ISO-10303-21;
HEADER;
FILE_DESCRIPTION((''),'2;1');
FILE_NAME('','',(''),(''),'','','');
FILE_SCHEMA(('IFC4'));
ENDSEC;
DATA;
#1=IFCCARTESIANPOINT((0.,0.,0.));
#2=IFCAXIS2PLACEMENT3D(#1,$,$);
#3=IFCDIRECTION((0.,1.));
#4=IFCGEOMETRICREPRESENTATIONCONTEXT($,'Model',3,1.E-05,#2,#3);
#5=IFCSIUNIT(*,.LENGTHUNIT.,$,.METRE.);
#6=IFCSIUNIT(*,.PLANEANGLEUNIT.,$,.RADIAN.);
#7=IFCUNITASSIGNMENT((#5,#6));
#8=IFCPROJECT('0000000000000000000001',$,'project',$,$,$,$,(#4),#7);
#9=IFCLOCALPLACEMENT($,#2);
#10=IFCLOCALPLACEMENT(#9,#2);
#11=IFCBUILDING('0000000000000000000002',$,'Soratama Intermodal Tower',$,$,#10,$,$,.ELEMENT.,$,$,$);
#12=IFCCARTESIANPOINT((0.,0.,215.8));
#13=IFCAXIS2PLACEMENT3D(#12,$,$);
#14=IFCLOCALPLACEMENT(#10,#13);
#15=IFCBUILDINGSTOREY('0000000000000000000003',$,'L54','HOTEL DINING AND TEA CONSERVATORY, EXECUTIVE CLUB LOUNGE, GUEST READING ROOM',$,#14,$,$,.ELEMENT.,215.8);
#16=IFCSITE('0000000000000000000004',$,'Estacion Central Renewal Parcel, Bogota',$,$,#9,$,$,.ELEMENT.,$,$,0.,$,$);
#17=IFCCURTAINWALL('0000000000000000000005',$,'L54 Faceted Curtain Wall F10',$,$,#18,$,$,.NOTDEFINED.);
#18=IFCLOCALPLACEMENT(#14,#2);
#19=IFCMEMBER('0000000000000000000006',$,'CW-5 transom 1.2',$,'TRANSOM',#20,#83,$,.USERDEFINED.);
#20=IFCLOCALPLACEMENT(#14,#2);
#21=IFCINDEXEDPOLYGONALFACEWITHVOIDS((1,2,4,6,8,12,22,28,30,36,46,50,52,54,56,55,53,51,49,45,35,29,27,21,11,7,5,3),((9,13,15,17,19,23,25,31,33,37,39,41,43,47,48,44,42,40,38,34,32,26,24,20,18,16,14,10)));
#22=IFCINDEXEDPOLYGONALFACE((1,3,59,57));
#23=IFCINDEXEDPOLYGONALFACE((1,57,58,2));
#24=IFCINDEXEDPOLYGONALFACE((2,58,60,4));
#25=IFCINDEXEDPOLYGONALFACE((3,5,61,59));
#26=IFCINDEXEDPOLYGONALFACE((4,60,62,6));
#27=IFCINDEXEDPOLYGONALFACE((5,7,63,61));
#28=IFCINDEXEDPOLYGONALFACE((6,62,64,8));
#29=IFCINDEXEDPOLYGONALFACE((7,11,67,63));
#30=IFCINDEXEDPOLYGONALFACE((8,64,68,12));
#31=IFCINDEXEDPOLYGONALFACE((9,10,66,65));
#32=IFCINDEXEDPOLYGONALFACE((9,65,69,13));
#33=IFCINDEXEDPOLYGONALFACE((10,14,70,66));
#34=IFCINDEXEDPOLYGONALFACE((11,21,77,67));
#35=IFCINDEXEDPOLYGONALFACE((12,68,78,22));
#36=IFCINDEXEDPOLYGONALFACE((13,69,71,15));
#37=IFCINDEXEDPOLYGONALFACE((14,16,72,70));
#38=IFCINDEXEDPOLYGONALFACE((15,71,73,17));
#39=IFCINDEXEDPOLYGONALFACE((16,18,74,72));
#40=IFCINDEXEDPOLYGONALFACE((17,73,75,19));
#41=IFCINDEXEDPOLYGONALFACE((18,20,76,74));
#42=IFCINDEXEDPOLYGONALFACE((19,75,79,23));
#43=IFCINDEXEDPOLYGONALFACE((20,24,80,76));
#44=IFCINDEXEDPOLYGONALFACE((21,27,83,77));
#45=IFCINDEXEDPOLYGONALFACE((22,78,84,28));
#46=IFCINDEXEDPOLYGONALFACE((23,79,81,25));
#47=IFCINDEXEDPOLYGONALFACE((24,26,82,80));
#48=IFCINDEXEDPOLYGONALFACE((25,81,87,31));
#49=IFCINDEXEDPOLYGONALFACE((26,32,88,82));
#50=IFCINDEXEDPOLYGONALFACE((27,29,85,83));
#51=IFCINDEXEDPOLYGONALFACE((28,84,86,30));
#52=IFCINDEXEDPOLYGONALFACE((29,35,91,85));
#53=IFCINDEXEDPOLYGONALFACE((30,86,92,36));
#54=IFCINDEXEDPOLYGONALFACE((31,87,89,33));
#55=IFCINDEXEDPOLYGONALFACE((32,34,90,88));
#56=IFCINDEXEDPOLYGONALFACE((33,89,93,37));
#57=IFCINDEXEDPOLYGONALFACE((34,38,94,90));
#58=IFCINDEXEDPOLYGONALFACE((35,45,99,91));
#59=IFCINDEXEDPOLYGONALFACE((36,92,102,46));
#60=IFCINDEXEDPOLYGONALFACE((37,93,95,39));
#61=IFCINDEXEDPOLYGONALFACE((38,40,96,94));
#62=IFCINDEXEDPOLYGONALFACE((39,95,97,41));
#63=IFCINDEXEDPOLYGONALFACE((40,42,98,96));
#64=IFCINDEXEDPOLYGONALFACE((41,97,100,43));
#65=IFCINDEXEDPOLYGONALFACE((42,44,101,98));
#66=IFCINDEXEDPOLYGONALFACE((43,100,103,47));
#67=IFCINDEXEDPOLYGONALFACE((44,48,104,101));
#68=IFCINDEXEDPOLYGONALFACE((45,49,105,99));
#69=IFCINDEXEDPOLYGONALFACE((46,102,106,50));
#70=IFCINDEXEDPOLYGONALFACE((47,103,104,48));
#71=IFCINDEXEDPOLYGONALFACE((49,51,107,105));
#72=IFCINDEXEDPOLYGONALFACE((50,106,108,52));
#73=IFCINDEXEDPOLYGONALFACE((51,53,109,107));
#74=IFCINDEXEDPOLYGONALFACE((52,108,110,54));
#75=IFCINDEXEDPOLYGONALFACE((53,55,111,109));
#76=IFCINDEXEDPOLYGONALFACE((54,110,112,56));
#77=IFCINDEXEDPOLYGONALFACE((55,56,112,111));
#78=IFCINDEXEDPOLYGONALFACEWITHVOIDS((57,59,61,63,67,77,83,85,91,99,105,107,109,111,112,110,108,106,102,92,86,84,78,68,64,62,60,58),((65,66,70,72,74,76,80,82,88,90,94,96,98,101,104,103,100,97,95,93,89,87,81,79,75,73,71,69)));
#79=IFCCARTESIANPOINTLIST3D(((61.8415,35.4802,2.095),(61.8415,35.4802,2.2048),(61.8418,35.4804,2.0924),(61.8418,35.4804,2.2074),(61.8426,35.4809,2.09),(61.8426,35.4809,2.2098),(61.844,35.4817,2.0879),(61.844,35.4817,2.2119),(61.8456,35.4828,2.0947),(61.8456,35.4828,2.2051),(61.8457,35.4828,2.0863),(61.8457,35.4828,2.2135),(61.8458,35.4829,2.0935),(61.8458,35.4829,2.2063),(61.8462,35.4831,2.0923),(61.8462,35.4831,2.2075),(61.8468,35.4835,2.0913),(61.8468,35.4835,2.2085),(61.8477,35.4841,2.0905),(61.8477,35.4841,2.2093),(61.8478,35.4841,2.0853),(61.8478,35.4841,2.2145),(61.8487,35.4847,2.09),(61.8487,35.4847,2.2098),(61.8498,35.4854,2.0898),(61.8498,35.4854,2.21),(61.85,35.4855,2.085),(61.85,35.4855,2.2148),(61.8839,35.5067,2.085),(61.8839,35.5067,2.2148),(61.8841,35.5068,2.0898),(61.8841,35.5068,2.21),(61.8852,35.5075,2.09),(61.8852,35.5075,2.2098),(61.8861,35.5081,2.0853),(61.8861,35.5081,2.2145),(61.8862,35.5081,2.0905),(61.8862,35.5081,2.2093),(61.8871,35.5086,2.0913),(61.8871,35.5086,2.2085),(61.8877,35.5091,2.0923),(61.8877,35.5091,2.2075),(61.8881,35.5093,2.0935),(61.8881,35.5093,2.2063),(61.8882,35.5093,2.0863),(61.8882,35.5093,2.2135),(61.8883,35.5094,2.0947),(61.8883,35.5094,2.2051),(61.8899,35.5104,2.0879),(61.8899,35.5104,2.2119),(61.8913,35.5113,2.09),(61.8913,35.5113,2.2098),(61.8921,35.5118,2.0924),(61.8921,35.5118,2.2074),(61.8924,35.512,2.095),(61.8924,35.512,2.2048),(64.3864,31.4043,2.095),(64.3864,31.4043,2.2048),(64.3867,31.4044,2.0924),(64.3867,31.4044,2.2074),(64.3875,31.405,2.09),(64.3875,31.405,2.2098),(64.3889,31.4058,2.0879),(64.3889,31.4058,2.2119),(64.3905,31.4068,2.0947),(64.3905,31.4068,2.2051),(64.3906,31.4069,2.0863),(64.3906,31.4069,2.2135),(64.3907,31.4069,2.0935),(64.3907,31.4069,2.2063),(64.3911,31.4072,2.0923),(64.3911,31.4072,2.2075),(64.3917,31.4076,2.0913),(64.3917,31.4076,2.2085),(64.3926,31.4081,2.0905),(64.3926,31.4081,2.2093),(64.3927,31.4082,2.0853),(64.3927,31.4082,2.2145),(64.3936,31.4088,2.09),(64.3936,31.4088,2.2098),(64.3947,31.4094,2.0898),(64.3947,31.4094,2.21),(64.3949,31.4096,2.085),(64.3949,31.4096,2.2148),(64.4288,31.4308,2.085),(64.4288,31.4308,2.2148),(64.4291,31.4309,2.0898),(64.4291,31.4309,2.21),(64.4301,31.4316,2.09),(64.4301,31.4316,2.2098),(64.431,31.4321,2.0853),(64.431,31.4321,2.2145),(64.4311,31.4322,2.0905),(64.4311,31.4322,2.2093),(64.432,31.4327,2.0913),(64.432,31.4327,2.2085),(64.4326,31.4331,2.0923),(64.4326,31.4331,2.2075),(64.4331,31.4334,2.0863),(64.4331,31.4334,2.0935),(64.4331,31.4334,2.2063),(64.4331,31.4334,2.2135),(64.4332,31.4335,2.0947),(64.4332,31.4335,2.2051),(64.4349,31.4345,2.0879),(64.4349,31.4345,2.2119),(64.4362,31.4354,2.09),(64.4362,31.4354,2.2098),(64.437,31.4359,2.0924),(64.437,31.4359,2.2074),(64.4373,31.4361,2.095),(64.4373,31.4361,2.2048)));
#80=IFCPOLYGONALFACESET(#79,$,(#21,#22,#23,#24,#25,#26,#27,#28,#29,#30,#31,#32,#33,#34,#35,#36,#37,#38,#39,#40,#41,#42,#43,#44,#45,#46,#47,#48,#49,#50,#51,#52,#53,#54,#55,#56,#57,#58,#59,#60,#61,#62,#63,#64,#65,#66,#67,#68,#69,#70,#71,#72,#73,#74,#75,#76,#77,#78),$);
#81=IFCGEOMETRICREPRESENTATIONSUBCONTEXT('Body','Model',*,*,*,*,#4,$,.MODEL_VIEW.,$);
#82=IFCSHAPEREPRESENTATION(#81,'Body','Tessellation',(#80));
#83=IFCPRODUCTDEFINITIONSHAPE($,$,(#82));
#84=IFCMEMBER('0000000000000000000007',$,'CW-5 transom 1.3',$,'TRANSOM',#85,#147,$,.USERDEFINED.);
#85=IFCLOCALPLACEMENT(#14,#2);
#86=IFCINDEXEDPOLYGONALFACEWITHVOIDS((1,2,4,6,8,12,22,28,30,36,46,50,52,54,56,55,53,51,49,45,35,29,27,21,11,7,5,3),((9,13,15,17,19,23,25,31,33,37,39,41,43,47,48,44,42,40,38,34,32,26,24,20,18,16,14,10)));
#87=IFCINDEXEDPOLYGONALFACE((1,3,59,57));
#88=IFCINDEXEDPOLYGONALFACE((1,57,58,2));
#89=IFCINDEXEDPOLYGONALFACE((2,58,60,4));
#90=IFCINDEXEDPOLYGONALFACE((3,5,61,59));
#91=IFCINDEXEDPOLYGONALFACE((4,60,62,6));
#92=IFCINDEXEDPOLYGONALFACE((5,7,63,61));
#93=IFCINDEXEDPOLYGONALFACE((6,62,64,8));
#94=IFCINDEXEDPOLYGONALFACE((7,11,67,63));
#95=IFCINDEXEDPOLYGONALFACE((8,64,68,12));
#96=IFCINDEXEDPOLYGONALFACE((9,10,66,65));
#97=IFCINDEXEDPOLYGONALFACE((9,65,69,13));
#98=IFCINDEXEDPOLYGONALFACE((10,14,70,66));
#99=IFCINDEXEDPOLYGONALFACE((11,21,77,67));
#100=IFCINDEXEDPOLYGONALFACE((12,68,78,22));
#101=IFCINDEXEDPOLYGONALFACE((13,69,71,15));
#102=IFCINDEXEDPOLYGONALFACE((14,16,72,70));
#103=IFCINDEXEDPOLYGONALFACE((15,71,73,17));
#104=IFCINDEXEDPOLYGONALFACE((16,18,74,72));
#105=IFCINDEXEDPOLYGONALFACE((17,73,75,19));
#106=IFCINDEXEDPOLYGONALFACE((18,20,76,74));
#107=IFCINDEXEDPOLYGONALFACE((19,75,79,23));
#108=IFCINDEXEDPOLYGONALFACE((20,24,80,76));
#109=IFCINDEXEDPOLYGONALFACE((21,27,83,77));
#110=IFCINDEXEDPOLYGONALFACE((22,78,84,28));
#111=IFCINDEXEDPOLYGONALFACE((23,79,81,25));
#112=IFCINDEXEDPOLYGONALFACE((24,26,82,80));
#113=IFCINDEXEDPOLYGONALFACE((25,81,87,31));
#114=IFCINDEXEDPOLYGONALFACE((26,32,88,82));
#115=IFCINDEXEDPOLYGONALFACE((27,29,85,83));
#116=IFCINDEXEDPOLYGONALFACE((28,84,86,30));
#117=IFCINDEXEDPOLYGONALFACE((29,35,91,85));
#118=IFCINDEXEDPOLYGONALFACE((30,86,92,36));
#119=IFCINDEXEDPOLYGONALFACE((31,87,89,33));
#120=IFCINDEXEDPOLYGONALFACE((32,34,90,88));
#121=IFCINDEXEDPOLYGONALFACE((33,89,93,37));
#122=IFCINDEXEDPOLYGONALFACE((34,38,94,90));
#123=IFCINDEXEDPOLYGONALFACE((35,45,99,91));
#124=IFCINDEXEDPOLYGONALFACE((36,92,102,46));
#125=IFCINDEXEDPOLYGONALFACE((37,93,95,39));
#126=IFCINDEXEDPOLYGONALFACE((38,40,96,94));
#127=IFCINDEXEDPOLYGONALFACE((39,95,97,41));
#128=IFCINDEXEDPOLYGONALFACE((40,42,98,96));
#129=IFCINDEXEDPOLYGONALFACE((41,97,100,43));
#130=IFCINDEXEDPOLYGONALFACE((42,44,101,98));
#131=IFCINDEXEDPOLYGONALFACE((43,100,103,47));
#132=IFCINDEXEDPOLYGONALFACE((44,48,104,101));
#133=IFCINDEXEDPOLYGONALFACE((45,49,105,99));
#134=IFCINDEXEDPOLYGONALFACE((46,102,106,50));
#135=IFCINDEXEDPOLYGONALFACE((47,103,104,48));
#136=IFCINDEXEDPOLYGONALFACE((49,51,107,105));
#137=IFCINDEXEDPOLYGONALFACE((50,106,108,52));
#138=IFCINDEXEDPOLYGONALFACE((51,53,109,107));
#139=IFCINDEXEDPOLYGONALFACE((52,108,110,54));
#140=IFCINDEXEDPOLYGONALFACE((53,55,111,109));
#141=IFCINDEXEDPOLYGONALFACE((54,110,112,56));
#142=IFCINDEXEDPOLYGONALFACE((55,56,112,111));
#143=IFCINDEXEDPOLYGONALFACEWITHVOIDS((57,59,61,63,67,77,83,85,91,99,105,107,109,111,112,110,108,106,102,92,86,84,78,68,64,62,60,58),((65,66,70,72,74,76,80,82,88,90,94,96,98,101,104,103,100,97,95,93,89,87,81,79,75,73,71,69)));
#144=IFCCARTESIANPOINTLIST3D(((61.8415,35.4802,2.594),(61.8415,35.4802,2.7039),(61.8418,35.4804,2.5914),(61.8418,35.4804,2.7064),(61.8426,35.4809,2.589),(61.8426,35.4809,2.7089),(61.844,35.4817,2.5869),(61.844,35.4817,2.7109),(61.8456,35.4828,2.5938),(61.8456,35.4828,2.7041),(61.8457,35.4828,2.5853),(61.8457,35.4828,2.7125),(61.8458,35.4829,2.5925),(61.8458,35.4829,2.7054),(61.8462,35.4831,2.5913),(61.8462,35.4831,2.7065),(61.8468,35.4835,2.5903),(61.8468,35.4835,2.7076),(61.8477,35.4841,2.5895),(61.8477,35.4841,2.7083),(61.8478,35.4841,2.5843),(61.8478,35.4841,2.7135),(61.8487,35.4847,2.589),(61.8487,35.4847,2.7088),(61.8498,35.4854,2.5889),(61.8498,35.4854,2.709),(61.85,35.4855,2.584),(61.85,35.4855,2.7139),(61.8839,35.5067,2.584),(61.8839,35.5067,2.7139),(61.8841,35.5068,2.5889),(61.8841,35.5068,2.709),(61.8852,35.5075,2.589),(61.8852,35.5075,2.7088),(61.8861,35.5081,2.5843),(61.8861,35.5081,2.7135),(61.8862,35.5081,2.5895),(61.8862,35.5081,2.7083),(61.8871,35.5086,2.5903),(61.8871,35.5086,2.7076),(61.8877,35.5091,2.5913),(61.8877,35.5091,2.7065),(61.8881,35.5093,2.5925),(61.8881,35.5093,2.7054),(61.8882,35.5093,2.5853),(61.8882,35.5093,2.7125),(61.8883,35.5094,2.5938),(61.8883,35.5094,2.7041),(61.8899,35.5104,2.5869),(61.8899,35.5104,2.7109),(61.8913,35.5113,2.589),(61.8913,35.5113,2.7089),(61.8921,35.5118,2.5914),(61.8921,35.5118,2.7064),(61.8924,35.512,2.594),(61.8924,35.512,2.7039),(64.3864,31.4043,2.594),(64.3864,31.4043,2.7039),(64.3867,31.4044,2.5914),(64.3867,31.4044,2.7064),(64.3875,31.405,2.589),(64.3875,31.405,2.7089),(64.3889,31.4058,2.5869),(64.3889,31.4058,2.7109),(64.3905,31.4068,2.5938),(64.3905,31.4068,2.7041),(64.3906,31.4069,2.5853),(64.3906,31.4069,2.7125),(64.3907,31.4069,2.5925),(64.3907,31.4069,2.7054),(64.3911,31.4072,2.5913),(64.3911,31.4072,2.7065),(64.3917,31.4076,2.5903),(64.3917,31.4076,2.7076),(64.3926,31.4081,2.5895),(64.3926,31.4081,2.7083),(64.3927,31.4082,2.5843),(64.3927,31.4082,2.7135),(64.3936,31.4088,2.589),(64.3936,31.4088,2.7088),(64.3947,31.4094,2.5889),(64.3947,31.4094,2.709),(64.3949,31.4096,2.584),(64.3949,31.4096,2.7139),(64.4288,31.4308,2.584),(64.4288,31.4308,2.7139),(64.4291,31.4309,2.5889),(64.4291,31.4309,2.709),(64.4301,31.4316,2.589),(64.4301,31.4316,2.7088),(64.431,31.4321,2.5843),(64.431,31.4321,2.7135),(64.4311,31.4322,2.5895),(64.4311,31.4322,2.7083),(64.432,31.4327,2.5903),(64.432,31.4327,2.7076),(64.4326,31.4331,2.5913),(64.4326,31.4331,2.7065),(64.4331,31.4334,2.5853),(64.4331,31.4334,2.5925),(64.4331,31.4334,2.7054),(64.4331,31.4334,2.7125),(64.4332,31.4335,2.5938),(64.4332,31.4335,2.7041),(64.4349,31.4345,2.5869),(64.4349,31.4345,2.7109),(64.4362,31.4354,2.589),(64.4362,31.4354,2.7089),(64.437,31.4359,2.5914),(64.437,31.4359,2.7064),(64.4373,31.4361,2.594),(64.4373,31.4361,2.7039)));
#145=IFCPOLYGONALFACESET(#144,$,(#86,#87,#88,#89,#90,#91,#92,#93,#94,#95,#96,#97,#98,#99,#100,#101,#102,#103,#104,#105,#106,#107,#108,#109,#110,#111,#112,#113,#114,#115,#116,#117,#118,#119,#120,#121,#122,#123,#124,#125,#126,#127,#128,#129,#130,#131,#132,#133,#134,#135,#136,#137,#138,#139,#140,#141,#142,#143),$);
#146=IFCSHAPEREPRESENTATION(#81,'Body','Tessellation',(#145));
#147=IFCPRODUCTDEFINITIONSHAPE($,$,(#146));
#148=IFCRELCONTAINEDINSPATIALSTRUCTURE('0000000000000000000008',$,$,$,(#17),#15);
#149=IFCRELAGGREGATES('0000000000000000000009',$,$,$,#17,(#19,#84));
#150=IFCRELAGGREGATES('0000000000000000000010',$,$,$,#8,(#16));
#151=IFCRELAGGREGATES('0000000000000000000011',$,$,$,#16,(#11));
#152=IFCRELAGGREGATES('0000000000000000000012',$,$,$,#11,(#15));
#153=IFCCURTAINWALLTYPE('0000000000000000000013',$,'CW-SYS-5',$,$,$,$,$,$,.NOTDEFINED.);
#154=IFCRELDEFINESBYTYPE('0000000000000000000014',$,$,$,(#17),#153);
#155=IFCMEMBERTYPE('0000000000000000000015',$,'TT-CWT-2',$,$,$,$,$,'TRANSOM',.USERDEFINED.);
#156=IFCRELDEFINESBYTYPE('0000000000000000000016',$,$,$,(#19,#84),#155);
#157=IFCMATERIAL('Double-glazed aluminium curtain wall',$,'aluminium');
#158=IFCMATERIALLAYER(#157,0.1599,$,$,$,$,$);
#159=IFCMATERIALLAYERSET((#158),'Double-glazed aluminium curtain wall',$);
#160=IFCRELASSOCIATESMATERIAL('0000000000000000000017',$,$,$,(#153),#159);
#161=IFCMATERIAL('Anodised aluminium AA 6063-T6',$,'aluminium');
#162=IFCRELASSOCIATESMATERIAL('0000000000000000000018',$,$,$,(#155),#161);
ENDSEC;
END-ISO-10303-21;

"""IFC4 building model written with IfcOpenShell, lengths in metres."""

from ifc_helpers import new_model, si_unit, direction, frame, origin, origin_2d, place, context, subcontext, project, spatial, hollow_rectangle, extrude, material, layer, layer_set, material_profile, profile_set, type_object, element, aggregate, save


model = new_model("IFC4")

# Units and contexts
model_context = context("Model", 3, precision=1e-05, world=origin(), true_north=direction((0.0, 1.0)))
body_context = subcontext(model_context, "Body", "Model", "MODEL_VIEW")
ifc_project = project(units=[si_unit("LENGTHUNIT", "METRE"), si_unit("PLANEANGLEUNIT", "RADIAN")], contexts=[model_context])

# Site, building, storey
site_placement = place(None, origin())
site = spatial("IfcSite", under=ifc_project, at=site_placement, Name="Estacion Central Renewal Parcel, Bogota", CompositionType="ELEMENT", RefElevation=0.0)
building_placement = place(site_placement, origin())
building = spatial("IfcBuilding", under=site, at=building_placement, Name="Soratama Intermodal Tower", CompositionType="ELEMENT")
storey_placement = place(building_placement, frame((0.0, 0.0, 215.8)))
storey = spatial("IfcBuildingStorey", under=building, at=storey_placement, Name="L54", Description="HOTEL DINING AND TEA CONSERVATORY, EXECUTIVE CLUB LOUNGE, GUEST READING ROOM", CompositionType="ELEMENT", Elevation=215.8)

# Shared definitions
ifc_material_1 = material(Name="Double-glazed aluminium curtain wall", Category="aluminium")
ifc_layer_1 = layer(ifc_material_1, 0.1599)
ifc_layer_set_1 = layer_set([ifc_layer_1], Name="Double-glazed aluminium curtain wall")
curtain_wall_type = type_object("IfcCurtainWallType", Name="CW-SYS-5", PredefinedType="NOTDEFINED", material=ifc_layer_set_1)

# Curtain wall, members
curtain_wall_1_placement = place(storey_placement, origin())
curtain_wall_1 = element("IfcCurtainWall", 1, at=curtain_wall_1_placement, inside=storey, type_object=curtain_wall_type, Name="L54 Faceted Curtain Wall F10", PredefinedType="NOTDEFINED")
ifc_material_2 = material(Name="Anodised aluminium AA 6063-T6", Category="aluminium")
ifc_material_profile_1 = material_profile(ifc_material_2, hollow_rectangle(XDim=0.0601, YDim=0.1299, WallThickness=0.0049, InnerFilletRadius=0.0049, OuterFilletRadius=0.01, at=origin_2d()), Name="CWT130X60X5")
ifc_profile_set_1 = profile_set([ifc_material_profile_1], Name="Anodised aluminium AA 6063-T6")
member_type_1 = type_object("IfcMemberType", Name="TT-CWT-2", ElementType="TRANSOM", PredefinedType="USERDEFINED", material=ifc_profile_set_1)
member_1_placement = place(storey_placement, frame((64.4119, 31.4202, 2.1499), z_axis=(-0.52962, 0.848235, 0.0), x_axis=(-0.848235, -0.52962, 0.0)))
member_1 = element("IfcMember", 2, at=member_1_placement, type_object=member_type_1, Name="CW-5 transom 1.2", ObjectType="TRANSOM", PredefinedType="USERDEFINED", context=body_context, shape_type="SweptSolid", body=[
    extrude(hollow_rectangle(XDim=0.0601, YDim=0.1299, WallThickness=0.0049, InnerFilletRadius=0.0049, OuterFilletRadius=0.01, at=origin_2d()), origin(), (0.0, 0.0, 1.0), 4.8052),
])
member_2_placement = place(storey_placement, frame((64.4119, 31.4202, 2.6489), z_axis=(-0.52962, 0.848235, 0.0), x_axis=(-0.848235, -0.52962, 0.0)))
member_2 = element("IfcMember", 3, at=member_2_placement, type_object=member_type_1, Name="CW-5 transom 1.3", ObjectType="TRANSOM", PredefinedType="USERDEFINED", context=body_context, shape_type="SweptSolid", body=[
    extrude(hollow_rectangle(XDim=0.0601, YDim=0.1299, WallThickness=0.0049, InnerFilletRadius=0.0049, OuterFilletRadius=0.01, at=origin_2d()), origin(), (0.0, 0.0, 1.0), 4.8052),
])

aggregate(curtain_wall_1, [member_1, member_2])

save(model, "model.ifc")
